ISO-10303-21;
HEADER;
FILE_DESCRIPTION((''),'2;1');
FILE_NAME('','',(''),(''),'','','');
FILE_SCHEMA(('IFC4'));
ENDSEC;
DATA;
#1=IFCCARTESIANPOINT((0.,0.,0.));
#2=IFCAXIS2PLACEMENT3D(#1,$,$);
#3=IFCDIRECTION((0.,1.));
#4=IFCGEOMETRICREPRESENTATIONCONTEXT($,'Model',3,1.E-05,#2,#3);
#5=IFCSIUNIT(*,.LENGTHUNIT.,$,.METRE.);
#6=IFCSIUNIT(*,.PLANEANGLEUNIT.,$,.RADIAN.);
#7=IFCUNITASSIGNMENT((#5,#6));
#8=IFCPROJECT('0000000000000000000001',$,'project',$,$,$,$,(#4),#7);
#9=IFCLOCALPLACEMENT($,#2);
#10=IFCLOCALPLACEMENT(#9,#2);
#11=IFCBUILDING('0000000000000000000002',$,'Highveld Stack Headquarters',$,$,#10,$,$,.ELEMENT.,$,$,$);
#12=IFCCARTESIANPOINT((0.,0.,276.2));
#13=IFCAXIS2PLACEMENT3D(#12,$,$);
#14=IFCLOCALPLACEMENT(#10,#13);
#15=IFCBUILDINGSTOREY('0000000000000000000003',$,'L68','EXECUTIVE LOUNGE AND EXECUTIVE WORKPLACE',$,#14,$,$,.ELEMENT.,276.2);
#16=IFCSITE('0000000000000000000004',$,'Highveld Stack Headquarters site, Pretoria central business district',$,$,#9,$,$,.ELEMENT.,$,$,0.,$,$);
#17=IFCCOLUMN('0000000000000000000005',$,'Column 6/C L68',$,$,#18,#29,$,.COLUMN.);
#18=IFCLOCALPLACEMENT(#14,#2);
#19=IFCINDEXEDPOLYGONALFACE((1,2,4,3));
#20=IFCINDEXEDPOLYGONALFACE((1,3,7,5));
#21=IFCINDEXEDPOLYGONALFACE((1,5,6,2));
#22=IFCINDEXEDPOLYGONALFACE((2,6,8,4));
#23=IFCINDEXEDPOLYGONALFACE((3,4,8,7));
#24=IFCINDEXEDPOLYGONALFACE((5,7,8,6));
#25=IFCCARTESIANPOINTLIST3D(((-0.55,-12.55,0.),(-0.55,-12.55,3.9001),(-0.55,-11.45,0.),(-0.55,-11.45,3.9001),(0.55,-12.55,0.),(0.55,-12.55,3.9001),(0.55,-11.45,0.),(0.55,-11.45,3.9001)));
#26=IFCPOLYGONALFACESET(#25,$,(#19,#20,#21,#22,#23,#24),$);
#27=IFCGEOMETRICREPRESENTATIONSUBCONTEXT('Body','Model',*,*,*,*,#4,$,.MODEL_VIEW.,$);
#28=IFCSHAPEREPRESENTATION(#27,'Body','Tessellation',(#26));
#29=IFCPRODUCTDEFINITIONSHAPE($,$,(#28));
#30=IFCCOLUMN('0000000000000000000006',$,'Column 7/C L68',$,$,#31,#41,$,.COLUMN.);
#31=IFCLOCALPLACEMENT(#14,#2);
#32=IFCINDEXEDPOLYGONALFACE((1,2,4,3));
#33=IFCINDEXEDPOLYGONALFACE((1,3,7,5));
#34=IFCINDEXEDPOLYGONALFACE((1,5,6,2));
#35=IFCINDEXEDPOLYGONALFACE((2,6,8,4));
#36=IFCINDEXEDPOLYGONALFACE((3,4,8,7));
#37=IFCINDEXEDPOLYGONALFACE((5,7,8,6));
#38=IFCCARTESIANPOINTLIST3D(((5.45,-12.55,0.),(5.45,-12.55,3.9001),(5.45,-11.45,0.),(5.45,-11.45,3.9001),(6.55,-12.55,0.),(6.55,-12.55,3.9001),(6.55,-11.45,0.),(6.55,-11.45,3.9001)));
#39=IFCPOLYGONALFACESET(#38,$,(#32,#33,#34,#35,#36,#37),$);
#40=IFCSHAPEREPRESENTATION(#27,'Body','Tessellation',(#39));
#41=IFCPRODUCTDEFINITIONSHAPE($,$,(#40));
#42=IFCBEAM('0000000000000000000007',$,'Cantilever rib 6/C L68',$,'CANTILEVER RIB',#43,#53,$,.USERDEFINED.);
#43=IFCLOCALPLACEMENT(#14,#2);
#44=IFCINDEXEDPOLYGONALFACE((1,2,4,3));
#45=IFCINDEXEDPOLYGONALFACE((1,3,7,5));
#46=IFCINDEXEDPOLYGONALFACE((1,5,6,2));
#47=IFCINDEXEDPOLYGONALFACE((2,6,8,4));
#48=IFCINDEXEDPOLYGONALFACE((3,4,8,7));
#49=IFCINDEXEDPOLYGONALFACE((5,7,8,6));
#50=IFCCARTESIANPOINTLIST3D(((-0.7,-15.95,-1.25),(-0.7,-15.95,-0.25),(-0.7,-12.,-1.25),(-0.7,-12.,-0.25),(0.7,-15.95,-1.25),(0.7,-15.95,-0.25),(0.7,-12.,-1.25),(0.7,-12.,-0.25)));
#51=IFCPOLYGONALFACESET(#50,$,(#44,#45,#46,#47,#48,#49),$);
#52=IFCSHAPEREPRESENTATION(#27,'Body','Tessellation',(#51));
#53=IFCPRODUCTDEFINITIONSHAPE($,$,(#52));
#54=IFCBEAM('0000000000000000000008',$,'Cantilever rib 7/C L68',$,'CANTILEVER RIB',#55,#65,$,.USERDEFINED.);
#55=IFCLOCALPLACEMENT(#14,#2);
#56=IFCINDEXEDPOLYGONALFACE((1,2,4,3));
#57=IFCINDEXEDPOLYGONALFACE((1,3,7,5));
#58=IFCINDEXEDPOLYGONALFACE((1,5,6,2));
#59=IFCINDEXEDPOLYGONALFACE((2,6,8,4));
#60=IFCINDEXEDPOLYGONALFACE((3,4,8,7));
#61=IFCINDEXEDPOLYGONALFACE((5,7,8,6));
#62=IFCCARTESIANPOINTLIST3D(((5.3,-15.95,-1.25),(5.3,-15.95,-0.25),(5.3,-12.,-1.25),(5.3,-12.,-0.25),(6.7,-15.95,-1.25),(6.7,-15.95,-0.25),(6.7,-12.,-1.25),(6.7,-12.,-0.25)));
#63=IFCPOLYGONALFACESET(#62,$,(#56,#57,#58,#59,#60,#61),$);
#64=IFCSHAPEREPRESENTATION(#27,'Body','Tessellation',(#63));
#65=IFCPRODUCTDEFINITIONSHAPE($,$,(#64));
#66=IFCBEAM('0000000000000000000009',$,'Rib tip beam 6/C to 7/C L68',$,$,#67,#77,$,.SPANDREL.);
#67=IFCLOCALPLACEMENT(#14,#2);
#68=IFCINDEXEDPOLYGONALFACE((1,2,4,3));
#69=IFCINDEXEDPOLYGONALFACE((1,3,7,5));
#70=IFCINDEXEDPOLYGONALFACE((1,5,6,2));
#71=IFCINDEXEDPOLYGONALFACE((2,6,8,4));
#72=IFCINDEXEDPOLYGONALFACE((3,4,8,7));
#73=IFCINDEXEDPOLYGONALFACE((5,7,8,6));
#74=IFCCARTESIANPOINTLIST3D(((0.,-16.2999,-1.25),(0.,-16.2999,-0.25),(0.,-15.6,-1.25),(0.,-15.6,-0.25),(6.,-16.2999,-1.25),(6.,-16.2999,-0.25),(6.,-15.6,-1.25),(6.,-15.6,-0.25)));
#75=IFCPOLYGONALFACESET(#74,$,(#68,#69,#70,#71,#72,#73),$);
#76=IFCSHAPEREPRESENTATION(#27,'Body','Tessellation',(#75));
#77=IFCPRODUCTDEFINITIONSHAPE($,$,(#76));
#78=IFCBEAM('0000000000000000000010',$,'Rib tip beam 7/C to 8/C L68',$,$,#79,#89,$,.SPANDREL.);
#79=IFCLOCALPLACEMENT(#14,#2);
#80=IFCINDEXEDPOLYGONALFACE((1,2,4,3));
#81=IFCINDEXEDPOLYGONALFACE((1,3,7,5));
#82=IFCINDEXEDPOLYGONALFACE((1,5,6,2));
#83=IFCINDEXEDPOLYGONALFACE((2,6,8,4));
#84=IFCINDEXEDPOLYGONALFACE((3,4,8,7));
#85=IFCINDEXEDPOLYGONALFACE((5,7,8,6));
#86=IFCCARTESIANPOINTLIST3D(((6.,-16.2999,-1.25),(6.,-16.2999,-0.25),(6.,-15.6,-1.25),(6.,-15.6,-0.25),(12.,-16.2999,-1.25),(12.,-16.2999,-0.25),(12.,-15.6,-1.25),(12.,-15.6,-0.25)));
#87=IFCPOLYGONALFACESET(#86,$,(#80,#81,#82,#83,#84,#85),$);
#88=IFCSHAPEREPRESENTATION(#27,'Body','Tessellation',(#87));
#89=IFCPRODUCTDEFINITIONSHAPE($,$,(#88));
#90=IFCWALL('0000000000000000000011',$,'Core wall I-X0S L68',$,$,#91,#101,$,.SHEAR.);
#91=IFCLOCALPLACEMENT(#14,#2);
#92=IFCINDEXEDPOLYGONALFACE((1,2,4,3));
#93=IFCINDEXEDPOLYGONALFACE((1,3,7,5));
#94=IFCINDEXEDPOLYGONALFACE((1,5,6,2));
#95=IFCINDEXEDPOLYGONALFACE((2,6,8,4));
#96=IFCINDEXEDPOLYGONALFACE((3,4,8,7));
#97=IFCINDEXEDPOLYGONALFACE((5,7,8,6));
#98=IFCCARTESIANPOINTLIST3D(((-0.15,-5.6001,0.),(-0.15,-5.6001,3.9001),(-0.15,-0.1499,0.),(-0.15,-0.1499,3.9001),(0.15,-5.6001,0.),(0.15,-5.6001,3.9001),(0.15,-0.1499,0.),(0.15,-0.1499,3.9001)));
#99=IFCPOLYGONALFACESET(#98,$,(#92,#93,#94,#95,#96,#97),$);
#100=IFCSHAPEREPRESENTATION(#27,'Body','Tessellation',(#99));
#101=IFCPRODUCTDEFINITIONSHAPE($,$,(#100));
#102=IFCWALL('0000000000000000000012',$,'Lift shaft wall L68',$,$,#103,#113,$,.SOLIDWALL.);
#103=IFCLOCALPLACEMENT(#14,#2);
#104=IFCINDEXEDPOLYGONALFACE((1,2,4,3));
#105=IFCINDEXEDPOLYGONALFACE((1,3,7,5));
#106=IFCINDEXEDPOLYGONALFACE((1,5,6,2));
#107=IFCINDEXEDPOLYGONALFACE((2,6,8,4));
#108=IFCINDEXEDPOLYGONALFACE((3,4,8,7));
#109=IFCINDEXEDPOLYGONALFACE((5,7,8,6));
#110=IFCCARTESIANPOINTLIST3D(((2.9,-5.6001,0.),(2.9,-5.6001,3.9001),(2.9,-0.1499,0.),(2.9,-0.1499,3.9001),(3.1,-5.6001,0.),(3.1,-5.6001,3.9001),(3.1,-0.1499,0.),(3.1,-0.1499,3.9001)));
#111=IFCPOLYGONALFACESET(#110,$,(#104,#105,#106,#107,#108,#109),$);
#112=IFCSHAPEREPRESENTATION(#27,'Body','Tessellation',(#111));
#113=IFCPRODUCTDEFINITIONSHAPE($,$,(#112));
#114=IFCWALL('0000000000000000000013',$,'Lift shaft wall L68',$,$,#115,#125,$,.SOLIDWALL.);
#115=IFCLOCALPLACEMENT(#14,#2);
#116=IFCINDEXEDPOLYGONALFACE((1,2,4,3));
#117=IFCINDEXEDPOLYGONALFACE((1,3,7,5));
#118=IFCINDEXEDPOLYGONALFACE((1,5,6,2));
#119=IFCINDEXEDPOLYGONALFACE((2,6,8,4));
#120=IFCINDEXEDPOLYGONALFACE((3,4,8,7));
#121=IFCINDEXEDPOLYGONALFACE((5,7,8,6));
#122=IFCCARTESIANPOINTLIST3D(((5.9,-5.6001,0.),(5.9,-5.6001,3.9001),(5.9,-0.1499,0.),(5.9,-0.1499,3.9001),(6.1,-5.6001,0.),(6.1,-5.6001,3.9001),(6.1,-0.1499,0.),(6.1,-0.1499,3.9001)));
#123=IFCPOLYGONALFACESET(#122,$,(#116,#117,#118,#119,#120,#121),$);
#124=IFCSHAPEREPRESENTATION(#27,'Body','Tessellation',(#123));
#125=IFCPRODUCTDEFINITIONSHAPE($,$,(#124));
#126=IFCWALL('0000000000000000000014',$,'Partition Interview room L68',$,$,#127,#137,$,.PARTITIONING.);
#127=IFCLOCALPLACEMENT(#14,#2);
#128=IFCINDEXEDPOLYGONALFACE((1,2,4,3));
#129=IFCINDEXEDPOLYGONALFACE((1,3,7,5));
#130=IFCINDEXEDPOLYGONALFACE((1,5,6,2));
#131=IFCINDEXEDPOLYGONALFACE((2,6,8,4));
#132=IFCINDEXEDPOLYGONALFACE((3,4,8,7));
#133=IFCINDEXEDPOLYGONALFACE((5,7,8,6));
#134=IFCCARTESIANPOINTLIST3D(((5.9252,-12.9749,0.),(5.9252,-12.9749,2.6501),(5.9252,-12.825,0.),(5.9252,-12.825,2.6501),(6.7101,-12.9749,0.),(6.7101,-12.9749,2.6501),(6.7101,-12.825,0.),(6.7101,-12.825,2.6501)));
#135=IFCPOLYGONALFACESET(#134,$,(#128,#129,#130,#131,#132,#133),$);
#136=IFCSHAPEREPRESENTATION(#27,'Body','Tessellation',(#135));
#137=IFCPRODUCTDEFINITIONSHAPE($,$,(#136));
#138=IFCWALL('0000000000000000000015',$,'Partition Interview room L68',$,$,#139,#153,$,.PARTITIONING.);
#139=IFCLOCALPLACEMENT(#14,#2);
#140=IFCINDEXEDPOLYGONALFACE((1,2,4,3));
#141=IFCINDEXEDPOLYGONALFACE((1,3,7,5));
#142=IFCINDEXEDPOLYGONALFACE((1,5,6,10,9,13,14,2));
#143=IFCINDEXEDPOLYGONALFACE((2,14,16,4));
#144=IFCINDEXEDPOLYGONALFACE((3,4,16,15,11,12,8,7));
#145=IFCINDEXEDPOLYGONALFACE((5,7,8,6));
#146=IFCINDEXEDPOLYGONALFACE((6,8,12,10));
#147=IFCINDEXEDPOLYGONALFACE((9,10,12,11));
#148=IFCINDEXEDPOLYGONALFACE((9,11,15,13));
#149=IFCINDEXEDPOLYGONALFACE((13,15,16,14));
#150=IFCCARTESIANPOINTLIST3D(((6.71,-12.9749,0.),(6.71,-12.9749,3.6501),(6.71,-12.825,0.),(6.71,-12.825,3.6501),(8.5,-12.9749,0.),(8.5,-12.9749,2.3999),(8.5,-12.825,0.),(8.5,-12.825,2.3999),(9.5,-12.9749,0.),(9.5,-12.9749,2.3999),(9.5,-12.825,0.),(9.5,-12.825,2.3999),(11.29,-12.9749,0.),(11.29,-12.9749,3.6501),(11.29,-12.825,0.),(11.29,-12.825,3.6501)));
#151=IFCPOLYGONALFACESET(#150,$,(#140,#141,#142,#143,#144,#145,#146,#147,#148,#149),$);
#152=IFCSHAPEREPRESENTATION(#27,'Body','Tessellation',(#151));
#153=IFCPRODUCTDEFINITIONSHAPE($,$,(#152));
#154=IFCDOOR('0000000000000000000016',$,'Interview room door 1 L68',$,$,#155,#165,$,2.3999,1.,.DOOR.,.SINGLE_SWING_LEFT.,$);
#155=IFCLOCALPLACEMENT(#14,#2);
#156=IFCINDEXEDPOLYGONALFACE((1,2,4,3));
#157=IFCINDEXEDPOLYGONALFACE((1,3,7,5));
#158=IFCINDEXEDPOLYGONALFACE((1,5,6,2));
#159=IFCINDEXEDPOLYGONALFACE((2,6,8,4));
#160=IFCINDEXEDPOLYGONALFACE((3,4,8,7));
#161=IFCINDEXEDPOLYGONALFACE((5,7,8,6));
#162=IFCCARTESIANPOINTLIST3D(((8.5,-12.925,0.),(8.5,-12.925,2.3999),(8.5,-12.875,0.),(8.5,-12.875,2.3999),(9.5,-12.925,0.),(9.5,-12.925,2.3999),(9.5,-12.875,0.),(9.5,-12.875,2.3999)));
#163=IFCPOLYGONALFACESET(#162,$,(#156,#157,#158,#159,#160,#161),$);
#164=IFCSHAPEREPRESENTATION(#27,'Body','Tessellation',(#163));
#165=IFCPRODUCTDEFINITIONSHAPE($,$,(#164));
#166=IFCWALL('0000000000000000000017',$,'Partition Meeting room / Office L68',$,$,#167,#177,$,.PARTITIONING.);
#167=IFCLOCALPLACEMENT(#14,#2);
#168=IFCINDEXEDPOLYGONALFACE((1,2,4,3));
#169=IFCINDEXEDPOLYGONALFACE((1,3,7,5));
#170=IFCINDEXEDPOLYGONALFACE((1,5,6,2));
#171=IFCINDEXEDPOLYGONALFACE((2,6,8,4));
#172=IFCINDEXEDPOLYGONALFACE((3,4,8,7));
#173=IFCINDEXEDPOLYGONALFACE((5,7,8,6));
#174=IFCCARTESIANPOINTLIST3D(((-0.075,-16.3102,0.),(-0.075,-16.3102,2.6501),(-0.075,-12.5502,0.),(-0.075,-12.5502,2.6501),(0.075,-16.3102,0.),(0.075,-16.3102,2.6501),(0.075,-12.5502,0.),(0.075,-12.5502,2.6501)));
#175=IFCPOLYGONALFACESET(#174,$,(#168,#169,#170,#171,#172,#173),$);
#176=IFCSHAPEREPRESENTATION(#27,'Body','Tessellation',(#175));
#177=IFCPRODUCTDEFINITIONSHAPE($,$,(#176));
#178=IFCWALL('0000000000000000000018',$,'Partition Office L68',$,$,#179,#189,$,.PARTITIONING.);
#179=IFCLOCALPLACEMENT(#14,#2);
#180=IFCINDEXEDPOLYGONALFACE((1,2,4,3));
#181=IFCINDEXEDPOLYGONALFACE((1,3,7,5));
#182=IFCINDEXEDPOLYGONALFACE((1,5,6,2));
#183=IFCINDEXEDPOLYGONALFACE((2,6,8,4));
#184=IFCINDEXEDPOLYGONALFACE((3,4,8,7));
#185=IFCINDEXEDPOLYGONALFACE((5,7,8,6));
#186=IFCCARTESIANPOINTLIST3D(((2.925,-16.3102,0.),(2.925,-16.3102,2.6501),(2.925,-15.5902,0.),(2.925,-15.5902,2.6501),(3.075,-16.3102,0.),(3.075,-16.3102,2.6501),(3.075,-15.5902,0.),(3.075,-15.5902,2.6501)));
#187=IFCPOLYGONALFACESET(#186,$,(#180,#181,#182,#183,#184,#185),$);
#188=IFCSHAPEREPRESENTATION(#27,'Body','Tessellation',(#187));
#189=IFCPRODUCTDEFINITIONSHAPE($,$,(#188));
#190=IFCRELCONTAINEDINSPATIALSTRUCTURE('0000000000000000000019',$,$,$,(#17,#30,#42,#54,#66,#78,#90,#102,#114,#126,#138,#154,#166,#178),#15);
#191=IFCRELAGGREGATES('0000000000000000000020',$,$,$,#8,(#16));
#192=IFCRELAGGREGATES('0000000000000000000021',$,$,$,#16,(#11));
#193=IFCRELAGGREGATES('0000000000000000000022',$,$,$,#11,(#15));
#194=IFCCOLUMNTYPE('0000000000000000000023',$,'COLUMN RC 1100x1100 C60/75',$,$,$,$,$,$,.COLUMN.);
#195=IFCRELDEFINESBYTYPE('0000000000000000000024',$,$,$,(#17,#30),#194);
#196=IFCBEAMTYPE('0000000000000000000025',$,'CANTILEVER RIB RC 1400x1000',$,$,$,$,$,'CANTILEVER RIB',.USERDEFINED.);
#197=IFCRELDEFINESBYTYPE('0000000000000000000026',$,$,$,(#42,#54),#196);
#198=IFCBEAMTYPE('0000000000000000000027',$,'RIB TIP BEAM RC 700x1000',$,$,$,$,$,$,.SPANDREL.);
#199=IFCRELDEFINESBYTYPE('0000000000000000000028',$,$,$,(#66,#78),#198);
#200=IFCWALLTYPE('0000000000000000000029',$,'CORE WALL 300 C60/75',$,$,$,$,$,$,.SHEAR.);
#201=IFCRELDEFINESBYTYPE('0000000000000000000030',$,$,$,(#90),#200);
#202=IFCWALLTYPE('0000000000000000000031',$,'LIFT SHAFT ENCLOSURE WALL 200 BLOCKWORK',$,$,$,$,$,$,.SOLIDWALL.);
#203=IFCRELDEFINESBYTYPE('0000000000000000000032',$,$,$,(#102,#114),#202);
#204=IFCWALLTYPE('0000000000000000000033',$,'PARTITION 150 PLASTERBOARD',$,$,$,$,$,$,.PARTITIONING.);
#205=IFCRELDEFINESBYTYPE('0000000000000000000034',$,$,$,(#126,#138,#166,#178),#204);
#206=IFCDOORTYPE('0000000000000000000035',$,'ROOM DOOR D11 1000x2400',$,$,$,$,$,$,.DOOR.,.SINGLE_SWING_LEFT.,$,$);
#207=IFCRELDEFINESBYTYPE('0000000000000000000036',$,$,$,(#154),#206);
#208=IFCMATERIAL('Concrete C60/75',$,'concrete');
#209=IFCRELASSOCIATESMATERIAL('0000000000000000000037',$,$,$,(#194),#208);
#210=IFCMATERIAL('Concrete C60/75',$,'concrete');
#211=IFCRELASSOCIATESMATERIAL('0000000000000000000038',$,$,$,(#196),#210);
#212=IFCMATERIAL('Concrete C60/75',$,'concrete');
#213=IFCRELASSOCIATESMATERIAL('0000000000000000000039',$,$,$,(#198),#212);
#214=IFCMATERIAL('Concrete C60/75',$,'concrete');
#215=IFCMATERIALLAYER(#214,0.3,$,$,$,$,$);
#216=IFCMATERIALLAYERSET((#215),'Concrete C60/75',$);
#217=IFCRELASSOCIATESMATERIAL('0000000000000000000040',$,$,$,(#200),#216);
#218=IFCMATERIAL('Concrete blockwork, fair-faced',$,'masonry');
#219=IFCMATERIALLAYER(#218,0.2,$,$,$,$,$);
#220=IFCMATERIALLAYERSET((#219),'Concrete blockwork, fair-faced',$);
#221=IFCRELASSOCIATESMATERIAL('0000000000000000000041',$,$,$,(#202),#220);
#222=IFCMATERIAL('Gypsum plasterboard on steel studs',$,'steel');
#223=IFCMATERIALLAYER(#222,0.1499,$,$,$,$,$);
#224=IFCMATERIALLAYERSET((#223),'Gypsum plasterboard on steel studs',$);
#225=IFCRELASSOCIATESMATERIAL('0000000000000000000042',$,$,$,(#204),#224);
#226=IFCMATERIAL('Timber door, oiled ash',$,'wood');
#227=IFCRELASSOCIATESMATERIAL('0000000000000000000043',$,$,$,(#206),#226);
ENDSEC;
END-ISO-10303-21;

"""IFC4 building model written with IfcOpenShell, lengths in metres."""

from ifc_helpers import new_model, si_unit, direction, frame, frame_2d, origin, origin_2d, place, context, subcontext, project, spatial, rectangle, extrude, material, layer, layer_set, material_profile, profile_set, type_object, element, fill, save


model = new_model("IFC4")

# Units and contexts
model_context = context("Model", 3, precision=1e-05, world=origin(), true_north=direction((0.0, 1.0)))
body_context = subcontext(model_context, "Body", "Model", "MODEL_VIEW")
ifc_project = project(units=[si_unit("LENGTHUNIT", "METRE"), si_unit("PLANEANGLEUNIT", "RADIAN")], contexts=[model_context])

# Site, building, storey
site_placement = place(None, origin())
site = spatial("IfcSite", under=ifc_project, at=site_placement, Name="Highveld Stack Headquarters site, Pretoria central business district", CompositionType="ELEMENT", RefElevation=0.0)
building_placement = place(site_placement, origin())
building = spatial("IfcBuilding", under=site, at=building_placement, Name="Highveld Stack Headquarters", CompositionType="ELEMENT")
storey_placement = place(building_placement, frame((0.0, 0.0, 276.2)))
storey = spatial("IfcBuildingStorey", under=building, at=storey_placement, Name="L68", Description="EXECUTIVE LOUNGE AND EXECUTIVE WORKPLACE", CompositionType="ELEMENT", Elevation=276.2)

# Columns
ifc_material_1 = material(Name="Concrete C60/75", Category="concrete")
ifc_material_profile_1 = material_profile(ifc_material_1, rectangle(XDim=1.1001, YDim=1.1001, at=origin_2d()), Name="RC 1100x1100")
ifc_profile_set_1 = profile_set([ifc_material_profile_1], Name="Concrete C60/75")
column_type = type_object("IfcColumnType", Name="COLUMN RC 1100x1100 C60/75", PredefinedType="COLUMN", material=ifc_profile_set_1)
for number, where, z_axis, x_axis, name in (
    (1, (0.0, -12.0, 0.0), (0.0, 0.0, 1.0), (1.0, 0.0, 0.0), "Column 6/C L68"),
    (2, (6.0, -12.0, 0.0), (0.0, 0.0, 1.0), (1.0, 0.0, 0.0), "Column 7/C L68"),
):
    element("IfcColumn", number, at=place(storey_placement, frame(where, z_axis=z_axis, x_axis=x_axis)), inside=storey, type_object=column_type, Name=name, PredefinedType="COLUMN", context=body_context, shape_type="SweptSolid", body=[
        extrude(rectangle(XDim=1.1001, YDim=1.1001, at=origin_2d()), origin(), (0.0, 0.0, 1.0), 3.9001),
    ])

# Beams
ifc_material_2 = material(Name="Concrete C60/75", Category="concrete")
ifc_material_profile_2 = material_profile(ifc_material_2, rectangle(XDim=1.3999, YDim=1.0, at=origin_2d()), Name="RC 1400x1000")
ifc_profile_set_2 = profile_set([ifc_material_profile_2], Name="Concrete C60/75")
beam_type_1 = type_object("IfcBeamType", Name="CANTILEVER RIB RC 1400x1000", ElementType="CANTILEVER RIB", PredefinedType="USERDEFINED", material=ifc_profile_set_2)
for number, where, z_axis, x_axis, name in (
    (3, (0.0, -12.0, -0.75), (0.0, -1.0, 0.0), (1.0, 0.0, 0.0), "Cantilever rib 6/C L68"),
    (4, (6.0, -12.0, -0.75), (0.0, -1.0, 0.0), (1.0, 0.0, 0.0), "Cantilever rib 7/C L68"),
):
    element("IfcBeam", number, at=place(storey_placement, frame(where, z_axis=z_axis, x_axis=x_axis)), inside=storey, type_object=beam_type_1, Name=name, ObjectType="CANTILEVER RIB", PredefinedType="USERDEFINED", context=body_context, shape_type="SweptSolid", body=[
        extrude(rectangle(XDim=1.3999, YDim=1.0, at=origin_2d()), origin(), (0.0, 0.0, 1.0), 3.95),
    ])
ifc_material_3 = material(Name="Concrete C60/75", Category="concrete")
ifc_material_profile_3 = material_profile(ifc_material_3, rectangle(XDim=0.7, YDim=1.0, at=origin_2d()), Name="RC 700x1000")
ifc_profile_set_3 = profile_set([ifc_material_profile_3], Name="Concrete C60/75")
beam_type_2 = type_object("IfcBeamType", Name="RIB TIP BEAM RC 700x1000", PredefinedType="SPANDREL", material=ifc_profile_set_3)
for number, where, z_axis, x_axis, name in (
    (5, (0.0, -15.95, -0.75), (1.0, 0.0, 0.0), (0.0, 1.0, 0.0), "Rib tip beam 6/C to 7/C L68"),
    (6, (6.0, -15.95, -0.75), (1.0, 0.0, 0.0), (0.0, 1.0, 0.0), "Rib tip beam 7/C to 8/C L68"),
):
    element("IfcBeam", number, at=place(storey_placement, frame(where, z_axis=z_axis, x_axis=x_axis)), inside=storey, type_object=beam_type_2, Name=name, PredefinedType="SPANDREL", context=body_context, shape_type="SweptSolid", body=[
        extrude(rectangle(XDim=0.7, YDim=1.0, at=origin_2d()), origin(), (0.0, 0.0, 1.0), 6.0),
    ])

# Walls
ifc_material_4 = material(Name="Concrete C60/75", Category="concrete")
ifc_layer_1 = layer(ifc_material_4, 0.3)
ifc_layer_set_1 = layer_set([ifc_layer_1], Name="Concrete C60/75")
wall_type_1 = type_object("IfcWallType", Name="CORE WALL 300 C60/75", PredefinedType="SHEAR", material=ifc_layer_set_1)
wall_1_placement = place(storey_placement, frame((0.0, -5.6001, 0.0), z_axis=(0.0, 0.0, 1.0), x_axis=(0.0, 1.0, 0.0)))
element("IfcWall", 7, at=wall_1_placement, inside=storey, type_object=wall_type_1, Name="Core wall I-X0S L68", PredefinedType="SHEAR", context=body_context, shape_type="SweptSolid", body=[
    extrude(rectangle(XDim=5.4502, YDim=0.3, at=frame_2d((2.7251, 0.0))), origin(), (0.0, 0.0, 1.0), 3.9001),
])
ifc_material_5 = material(Name="Concrete blockwork, fair-faced", Category="masonry")
ifc_layer_2 = layer(ifc_material_5, 0.2)
ifc_layer_set_2 = layer_set([ifc_layer_2], Name="Concrete blockwork, fair-faced")
wall_type_2 = type_object("IfcWallType", Name="LIFT SHAFT ENCLOSURE WALL 200 BLOCKWORK", PredefinedType="SOLIDWALL", material=ifc_layer_set_2)
for number, where, z_axis, x_axis, name in (
    (8, (3.0, -5.6001, 0.0), (0.0, 0.0, 1.0), (0.0, 1.0, 0.0), "Lift shaft wall L68"),
    (9, (6.0, -5.6001, 0.0), (0.0, 0.0, 1.0), (0.0, 1.0, 0.0), "Lift shaft wall L68"),
):
    element("IfcWall", number, at=place(storey_placement, frame(where, z_axis=z_axis, x_axis=x_axis)), inside=storey, type_object=wall_type_2, Name=name, PredefinedType="SOLIDWALL", context=body_context, shape_type="SweptSolid", body=[
        extrude(rectangle(XDim=5.4502, YDim=0.2, at=frame_2d((2.7251, 0.0))), origin(), (0.0, 0.0, 1.0), 3.9001),
    ])
ifc_material_6 = material(Name="Gypsum plasterboard on steel studs", Category="steel")
ifc_layer_3 = layer(ifc_material_6, 0.1499)
ifc_layer_set_3 = layer_set([ifc_layer_3], Name="Gypsum plasterboard on steel studs")
wall_type_3 = type_object("IfcWallType", Name="PARTITION 150 PLASTERBOARD", PredefinedType="PARTITIONING", material=ifc_layer_set_3)
wall_2_placement = place(storey_placement, frame((5.925, -12.8999, 0.0), z_axis=(0.0, 0.0, 1.0), x_axis=(1.0, 0.0, 0.0)))
element("IfcWall", 10, at=wall_2_placement, inside=storey, type_object=wall_type_3, Name="Partition Interview room L68", PredefinedType="PARTITIONING", context=body_context, shape_type="SweptSolid", body=[
    extrude(rectangle(XDim=0.7849, YDim=0.1499, at=frame_2d((0.3926, 0.0))), origin(), (0.0, 0.0, 1.0), 2.6501),
])

# Wall, opening, door
wall_3_placement = place(storey_placement, frame((6.71, -12.8999, 0.0), z_axis=(0.0, 0.0, 1.0), x_axis=(1.0, 0.0, 0.0)))
wall_3 = element("IfcWall", 11, at=wall_3_placement, inside=storey, type_object=wall_type_3, Name="Partition Interview room L68", PredefinedType="PARTITIONING", context=body_context, shape_type="SweptSolid", body=[
    extrude(rectangle(XDim=4.5801, YDim=0.1499, at=frame_2d((2.29, 0.0))), origin(), (0.0, 0.0, 1.0), 3.6501),
])
opening_1_placement = place(wall_3_placement, frame((1.79, 0.0, 0.0)))
opening_1 = element("IfcOpeningElement", 12, at=opening_1_placement, cuts=wall_3, PredefinedType="OPENING", context=body_context, shape_type="SweptSolid", body=[
    extrude(rectangle(XDim=1.0, YDim=2.3999, at=frame_2d((0.5, 1.2))), frame((0.0, 0.085, 0.0), z_axis=(0.0, -1.0, 0.0), x_axis=(1.0, 0.0, 0.0)), (0.0, 0.0, 1.0), 0.1699),
])
ifc_material_7 = material(Name="Timber door, oiled ash", Category="wood")
door_type = type_object("IfcDoorType", Name="ROOM DOOR D11 1000x2400", OperationType="SINGLE_SWING_LEFT", PredefinedType="DOOR", material=ifc_material_7)
door_1_placement = place(opening_1_placement, origin())
door_1 = element("IfcDoor", 13, at=door_1_placement, inside=storey, type_object=door_type, Name="Interview room door 1 L68", OperationType="SINGLE_SWING_LEFT", OverallHeight=2.3999, OverallWidth=1.0, PredefinedType="DOOR", context=body_context, shape_type="SweptSolid", body=[
    extrude(rectangle(XDim=1.0, YDim=2.3999, at=frame_2d((0.5, 1.2))), frame((0.0, 0.0249, 0.0), z_axis=(0.0, -1.0, 0.0), x_axis=(1.0, 0.0, 0.0)), (0.0, 0.0, 1.0), 0.05),
])
fill(opening_1, door_1)

# Walls
wall_4_placement = place(storey_placement, frame((0.0, -16.3101, 0.0), z_axis=(0.0, 0.0, 1.0), x_axis=(0.0, 1.0, 0.0)))
element("IfcWall", 14, at=wall_4_placement, inside=storey, type_object=wall_type_3, Name="Partition Meeting room / Office L68", PredefinedType="PARTITIONING", context=body_context, shape_type="SweptSolid", body=[
    extrude(rectangle(XDim=3.76, YDim=0.1499, at=frame_2d((1.8799, 0.0))), origin(), (0.0, 0.0, 1.0), 2.6501),
])
wall_5_placement = place(storey_placement, frame((3.0, -16.3101, 0.0), z_axis=(0.0, 0.0, 1.0), x_axis=(0.0, 1.0, 0.0)))
element("IfcWall", 15, at=wall_5_placement, inside=storey, type_object=wall_type_3, Name="Partition Office L68", PredefinedType="PARTITIONING", context=body_context, shape_type="SweptSolid", body=[
    extrude(rectangle(XDim=0.72, YDim=0.1499, at=frame_2d((0.3599, 0.0))), origin(), (0.0, 0.0, 1.0), 2.6501),
])

save(model, "model.ifc")
